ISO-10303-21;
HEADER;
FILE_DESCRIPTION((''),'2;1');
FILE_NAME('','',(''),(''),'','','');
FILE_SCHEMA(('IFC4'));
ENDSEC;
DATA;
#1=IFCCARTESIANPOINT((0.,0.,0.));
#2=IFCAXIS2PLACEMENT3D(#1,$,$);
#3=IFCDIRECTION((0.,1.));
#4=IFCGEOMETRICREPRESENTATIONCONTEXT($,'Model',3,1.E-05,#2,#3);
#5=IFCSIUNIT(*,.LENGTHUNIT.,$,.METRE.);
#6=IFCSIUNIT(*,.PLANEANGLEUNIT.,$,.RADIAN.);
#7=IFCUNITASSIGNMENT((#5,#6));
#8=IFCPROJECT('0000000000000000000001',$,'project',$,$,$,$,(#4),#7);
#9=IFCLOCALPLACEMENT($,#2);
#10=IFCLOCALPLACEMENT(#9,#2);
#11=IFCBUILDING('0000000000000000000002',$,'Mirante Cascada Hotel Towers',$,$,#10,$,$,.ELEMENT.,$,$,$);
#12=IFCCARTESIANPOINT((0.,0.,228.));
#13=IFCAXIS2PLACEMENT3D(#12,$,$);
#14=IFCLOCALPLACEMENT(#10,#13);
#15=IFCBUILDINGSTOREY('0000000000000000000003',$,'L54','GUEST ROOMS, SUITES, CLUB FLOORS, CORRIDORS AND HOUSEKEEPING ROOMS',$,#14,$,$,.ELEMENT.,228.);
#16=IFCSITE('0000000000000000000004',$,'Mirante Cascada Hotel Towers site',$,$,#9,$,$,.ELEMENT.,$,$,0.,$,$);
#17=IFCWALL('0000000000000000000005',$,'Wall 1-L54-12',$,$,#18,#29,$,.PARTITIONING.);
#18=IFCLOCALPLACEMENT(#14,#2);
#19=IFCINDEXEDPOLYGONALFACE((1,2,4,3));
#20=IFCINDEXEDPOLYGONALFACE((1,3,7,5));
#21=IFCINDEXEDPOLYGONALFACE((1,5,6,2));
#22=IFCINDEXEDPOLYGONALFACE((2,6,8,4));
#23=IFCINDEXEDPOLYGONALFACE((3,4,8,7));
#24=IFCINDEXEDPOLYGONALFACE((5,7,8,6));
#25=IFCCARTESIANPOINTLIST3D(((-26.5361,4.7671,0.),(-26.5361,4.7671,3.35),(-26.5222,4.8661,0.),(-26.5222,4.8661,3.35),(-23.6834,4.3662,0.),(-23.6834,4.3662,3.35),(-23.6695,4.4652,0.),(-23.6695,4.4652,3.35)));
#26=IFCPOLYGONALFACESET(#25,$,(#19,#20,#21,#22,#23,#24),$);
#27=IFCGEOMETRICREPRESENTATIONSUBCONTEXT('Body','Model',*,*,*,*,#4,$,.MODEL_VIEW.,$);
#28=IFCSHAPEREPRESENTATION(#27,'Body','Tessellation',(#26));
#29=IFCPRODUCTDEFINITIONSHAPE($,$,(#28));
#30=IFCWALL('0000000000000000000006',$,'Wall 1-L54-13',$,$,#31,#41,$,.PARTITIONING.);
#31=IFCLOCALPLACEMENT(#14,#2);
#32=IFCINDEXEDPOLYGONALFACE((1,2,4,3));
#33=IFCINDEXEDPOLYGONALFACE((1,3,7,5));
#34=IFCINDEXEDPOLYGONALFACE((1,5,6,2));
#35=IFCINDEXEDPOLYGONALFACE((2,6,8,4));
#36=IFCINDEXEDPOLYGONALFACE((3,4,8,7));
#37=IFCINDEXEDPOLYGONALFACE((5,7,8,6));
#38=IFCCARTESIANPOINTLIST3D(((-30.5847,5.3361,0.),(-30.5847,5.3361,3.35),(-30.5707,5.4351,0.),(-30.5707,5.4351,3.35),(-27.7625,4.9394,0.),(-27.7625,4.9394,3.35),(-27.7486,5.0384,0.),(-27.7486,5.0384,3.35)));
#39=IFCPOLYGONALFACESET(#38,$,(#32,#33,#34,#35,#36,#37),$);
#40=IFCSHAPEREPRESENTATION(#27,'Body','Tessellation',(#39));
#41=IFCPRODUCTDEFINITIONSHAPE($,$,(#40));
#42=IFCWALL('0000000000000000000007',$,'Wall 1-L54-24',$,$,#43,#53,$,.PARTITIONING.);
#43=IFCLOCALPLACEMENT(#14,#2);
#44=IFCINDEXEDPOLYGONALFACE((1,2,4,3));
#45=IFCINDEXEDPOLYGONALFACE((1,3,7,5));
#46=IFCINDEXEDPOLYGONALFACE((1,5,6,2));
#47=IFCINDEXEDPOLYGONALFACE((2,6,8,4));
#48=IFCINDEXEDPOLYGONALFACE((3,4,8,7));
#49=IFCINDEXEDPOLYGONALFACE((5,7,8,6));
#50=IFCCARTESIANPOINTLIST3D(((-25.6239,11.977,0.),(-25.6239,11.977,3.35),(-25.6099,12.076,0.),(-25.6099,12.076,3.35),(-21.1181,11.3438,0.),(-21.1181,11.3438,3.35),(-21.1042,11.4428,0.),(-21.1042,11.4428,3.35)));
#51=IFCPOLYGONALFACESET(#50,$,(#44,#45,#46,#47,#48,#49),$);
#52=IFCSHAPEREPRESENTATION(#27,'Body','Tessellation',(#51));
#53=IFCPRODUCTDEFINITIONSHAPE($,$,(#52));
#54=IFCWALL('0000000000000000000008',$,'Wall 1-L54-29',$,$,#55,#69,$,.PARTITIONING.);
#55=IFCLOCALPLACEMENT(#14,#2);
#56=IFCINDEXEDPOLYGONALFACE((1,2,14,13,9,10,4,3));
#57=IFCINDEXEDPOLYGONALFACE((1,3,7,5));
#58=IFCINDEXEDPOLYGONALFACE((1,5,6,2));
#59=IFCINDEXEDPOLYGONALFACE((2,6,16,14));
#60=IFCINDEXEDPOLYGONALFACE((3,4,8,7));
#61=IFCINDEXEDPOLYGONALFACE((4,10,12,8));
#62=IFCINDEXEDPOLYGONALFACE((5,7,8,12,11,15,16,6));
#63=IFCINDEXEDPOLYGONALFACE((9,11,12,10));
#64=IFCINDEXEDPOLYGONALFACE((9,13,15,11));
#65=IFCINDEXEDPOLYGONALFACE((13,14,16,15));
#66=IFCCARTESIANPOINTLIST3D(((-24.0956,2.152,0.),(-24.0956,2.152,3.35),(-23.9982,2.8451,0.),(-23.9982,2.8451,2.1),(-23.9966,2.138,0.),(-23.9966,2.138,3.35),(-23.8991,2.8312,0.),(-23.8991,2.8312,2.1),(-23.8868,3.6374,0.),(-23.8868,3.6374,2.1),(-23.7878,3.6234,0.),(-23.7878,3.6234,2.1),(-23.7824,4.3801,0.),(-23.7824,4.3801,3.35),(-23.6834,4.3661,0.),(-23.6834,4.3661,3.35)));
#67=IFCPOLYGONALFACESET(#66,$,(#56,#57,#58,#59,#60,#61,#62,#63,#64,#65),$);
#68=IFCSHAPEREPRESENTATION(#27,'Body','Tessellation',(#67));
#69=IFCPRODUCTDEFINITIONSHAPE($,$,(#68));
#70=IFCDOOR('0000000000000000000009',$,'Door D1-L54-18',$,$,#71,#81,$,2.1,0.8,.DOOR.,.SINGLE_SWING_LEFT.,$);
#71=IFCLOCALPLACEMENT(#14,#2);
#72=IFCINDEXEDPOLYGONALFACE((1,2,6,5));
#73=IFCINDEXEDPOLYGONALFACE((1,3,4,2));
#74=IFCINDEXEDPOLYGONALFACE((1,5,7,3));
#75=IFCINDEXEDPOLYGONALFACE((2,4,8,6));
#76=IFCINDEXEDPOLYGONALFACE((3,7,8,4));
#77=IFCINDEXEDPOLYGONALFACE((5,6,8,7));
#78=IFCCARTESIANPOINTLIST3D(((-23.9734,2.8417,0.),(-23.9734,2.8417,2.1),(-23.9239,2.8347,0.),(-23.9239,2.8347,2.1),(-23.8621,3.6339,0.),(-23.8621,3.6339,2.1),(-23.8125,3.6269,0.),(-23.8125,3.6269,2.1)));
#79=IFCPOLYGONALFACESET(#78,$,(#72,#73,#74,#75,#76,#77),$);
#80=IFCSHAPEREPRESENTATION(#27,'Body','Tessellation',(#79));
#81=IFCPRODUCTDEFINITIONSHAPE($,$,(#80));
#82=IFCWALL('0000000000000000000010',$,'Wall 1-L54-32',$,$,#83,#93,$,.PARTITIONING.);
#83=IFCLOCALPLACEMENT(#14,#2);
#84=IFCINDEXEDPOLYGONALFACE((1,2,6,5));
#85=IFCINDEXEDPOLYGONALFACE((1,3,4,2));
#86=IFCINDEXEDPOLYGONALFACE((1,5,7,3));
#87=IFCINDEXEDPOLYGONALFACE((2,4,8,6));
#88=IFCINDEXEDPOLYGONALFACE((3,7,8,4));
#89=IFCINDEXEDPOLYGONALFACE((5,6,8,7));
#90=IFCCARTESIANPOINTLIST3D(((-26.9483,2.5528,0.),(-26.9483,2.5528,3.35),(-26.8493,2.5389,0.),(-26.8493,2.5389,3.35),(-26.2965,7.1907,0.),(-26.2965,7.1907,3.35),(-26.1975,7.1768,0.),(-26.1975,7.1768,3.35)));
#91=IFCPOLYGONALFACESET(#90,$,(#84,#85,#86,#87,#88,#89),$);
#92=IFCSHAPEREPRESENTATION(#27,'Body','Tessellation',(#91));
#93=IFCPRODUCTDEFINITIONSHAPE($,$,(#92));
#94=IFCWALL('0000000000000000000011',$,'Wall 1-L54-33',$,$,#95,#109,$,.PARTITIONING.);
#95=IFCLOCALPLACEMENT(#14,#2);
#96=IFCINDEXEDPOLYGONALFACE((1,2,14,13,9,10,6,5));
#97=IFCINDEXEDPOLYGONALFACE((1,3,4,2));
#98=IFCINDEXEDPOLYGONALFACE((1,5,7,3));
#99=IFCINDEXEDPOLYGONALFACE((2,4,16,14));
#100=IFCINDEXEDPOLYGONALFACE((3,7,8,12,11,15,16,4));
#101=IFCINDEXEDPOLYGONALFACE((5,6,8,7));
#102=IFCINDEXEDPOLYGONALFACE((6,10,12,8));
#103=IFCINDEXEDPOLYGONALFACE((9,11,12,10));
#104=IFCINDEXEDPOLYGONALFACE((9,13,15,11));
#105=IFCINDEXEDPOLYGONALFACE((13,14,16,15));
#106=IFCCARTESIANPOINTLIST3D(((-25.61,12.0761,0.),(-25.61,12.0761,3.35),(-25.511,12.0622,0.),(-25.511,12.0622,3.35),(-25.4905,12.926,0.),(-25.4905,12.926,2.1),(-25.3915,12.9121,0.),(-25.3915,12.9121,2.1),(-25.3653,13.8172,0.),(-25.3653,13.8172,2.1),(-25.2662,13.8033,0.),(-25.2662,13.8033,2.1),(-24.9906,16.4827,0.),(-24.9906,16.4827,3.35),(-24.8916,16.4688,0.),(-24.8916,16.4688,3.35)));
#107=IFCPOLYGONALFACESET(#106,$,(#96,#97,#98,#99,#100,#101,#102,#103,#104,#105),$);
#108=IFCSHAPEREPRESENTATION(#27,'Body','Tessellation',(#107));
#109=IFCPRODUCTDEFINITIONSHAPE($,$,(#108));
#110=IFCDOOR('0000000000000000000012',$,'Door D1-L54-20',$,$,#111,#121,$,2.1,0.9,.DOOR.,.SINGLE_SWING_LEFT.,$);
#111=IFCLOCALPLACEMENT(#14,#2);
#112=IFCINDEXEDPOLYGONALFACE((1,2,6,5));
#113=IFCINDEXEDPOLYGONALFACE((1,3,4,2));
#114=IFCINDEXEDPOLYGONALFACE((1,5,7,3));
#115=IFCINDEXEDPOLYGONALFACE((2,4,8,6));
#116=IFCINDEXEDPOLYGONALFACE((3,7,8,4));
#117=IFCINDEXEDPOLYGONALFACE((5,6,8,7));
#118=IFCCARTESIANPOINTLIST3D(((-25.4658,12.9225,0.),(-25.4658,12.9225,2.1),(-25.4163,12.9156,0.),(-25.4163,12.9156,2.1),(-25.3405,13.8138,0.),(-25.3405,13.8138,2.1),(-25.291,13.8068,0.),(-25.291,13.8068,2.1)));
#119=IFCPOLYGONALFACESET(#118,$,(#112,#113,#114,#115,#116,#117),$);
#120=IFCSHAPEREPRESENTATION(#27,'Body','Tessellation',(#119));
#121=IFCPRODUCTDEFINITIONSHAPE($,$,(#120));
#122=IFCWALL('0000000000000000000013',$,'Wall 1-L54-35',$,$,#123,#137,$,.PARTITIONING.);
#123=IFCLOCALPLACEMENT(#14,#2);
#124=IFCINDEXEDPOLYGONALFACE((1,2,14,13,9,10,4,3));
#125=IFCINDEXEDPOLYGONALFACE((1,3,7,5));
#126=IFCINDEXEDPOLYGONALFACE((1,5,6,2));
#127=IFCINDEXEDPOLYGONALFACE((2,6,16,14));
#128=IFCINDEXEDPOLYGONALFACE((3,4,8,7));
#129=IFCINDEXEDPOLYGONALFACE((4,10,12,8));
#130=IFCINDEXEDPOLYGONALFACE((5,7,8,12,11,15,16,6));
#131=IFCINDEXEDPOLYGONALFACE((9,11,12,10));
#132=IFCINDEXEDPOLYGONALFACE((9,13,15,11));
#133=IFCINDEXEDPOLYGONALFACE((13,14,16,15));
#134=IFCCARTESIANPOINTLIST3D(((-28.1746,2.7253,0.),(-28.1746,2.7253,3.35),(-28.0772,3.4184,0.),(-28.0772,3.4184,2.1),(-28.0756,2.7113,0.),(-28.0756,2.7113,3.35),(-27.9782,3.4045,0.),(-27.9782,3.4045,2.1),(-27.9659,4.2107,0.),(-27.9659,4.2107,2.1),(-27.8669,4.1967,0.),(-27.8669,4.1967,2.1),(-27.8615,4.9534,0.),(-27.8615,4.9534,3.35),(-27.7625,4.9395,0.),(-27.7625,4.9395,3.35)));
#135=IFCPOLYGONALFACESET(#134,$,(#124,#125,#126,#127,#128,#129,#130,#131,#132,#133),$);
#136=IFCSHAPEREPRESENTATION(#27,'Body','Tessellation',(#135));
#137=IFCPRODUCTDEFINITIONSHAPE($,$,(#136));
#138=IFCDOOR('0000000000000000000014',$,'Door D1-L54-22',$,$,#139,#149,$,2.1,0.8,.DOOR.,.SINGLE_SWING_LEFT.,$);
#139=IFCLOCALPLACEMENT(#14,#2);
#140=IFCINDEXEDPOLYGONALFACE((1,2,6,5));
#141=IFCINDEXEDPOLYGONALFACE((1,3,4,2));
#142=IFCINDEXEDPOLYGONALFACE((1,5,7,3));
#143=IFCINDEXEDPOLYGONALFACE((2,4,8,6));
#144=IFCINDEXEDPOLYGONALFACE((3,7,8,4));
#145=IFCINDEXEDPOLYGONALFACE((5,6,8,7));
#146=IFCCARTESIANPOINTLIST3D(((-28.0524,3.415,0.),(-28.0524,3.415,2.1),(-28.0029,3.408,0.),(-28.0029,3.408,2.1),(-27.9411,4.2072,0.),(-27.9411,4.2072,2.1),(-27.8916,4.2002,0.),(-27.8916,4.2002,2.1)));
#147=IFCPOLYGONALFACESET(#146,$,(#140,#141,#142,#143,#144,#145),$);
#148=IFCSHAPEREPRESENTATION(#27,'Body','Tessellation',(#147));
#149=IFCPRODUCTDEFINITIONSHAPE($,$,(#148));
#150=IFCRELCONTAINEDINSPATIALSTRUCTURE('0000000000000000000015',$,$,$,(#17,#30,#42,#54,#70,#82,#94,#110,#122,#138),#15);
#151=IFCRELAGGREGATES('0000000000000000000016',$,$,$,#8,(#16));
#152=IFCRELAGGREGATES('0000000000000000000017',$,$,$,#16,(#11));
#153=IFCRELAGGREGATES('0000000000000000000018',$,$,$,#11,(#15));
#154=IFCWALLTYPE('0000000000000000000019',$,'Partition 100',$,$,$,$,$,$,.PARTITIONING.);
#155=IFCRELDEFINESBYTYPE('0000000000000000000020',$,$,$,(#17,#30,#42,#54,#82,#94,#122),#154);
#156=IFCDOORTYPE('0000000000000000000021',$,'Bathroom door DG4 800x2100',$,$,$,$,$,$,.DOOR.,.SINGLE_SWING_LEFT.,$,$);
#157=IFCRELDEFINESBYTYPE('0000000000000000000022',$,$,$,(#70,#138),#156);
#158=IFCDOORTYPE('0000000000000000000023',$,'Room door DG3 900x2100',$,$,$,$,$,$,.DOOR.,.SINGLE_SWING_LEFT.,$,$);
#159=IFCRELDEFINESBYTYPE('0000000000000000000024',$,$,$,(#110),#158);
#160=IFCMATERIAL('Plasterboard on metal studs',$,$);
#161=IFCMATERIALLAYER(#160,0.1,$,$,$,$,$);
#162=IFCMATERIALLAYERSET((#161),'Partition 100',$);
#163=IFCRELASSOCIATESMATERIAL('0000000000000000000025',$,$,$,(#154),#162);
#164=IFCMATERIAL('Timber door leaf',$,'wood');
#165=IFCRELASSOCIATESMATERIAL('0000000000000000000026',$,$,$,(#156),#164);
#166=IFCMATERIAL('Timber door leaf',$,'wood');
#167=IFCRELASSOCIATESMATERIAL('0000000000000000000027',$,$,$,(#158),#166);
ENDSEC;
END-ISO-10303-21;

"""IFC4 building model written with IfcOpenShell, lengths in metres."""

from ifc_helpers import new_model, si_unit, direction, frame, frame_2d, origin, place, context, subcontext, project, spatial, rectangle, extrude, material, layer, layer_set, type_object, element, fill, save


model = new_model("IFC4")

# Units and contexts
model_context = context("Model", 3, precision=1e-05, world=origin(), true_north=direction((0.0, 1.0)))
body_context = subcontext(model_context, "Body", "Model", "MODEL_VIEW")
ifc_project = project(units=[si_unit("LENGTHUNIT", "METRE"), si_unit("PLANEANGLEUNIT", "RADIAN")], contexts=[model_context])

# Site, building, storey
site_placement = place(None, origin())
site = spatial("IfcSite", under=ifc_project, at=site_placement, Name="Mirante Cascada Hotel Towers site", CompositionType="ELEMENT", RefElevation=0.0)
building_placement = place(site_placement, origin())
building = spatial("IfcBuilding", under=site, at=building_placement, Name="Mirante Cascada Hotel Towers", CompositionType="ELEMENT")
storey_placement = place(building_placement, frame((0.0, 0.0, 228.0)))
storey = spatial("IfcBuildingStorey", under=building, at=storey_placement, Name="L54", Description="GUEST ROOMS, SUITES, CLUB FLOORS, CORRIDORS AND HOUSEKEEPING ROOMS", CompositionType="ELEMENT", Elevation=228.0)

# Walls
ifc_material_1 = material(Name="Plasterboard on metal studs")
ifc_layer_1 = layer(ifc_material_1, 0.1)
ifc_layer_set_1 = layer_set([ifc_layer_1], Name="Partition 100")
wall_type_1 = type_object("IfcWallType", Name="Partition 100", PredefinedType="PARTITIONING", material=ifc_layer_set_1)
wall_1_placement = place(storey_placement, frame((-26.5292, 4.8166, 0.0), z_axis=(0.0, 0.0, 1.0), x_axis=(0.990269, -0.139166, 0.0)))
element("IfcWall", 1, at=wall_1_placement, inside=storey, type_object=wall_type_1, Name="Wall 1-L54-12", PredefinedType="PARTITIONING", context=body_context, shape_type="SweptSolid", body=[
    extrude(rectangle(XDim=2.8807, YDim=0.1, at=frame_2d((1.4404, 0.0))), origin(), (0.0, 0.0, 1.0), 3.35),
])
wall_2_placement = place(storey_placement, frame((-27.7555, 4.9889, 0.0), z_axis=(0.0, 0.0, 1.0), x_axis=(-0.990265, 0.139196, 0.0)))
element("IfcWall", 2, at=wall_2_placement, inside=storey, type_object=wall_type_1, Name="Wall 1-L54-13", PredefinedType="PARTITIONING", context=body_context, shape_type="SweptSolid", body=[
    extrude(rectangle(XDim=2.8499, YDim=0.1, at=frame_2d((1.425, 0.0))), origin(), (0.0, 0.0, 1.0), 3.35),
])
wall_3_placement = place(storey_placement, frame((-25.6169, 12.0265, 0.0), z_axis=(0.0, 0.0, 1.0), x_axis=(0.990269, -0.139166, 0.0)))
element("IfcWall", 3, at=wall_3_placement, inside=storey, type_object=wall_type_1, Name="Wall 1-L54-24", PredefinedType="PARTITIONING", context=body_context, shape_type="SweptSolid", body=[
    extrude(rectangle(XDim=4.55, YDim=0.1, at=frame_2d((2.275, 0.0))), origin(), (0.0, 0.0, 1.0), 3.35),
])

# Wall, opening, door
wall_4_placement = place(storey_placement, frame((-24.0461, 2.145, 0.0), z_axis=(0.0, 0.0, 1.0), x_axis=(0.1392, 0.990264, 0.0)))
wall_4 = element("IfcWall", 4, at=wall_4_placement, inside=storey, type_object=wall_type_1, Name="Wall 1-L54-29", PredefinedType="PARTITIONING", context=body_context, shape_type="SweptSolid", body=[
    extrude(rectangle(XDim=2.25, YDim=0.1, at=frame_2d((1.125, 0.0))), origin(), (0.0, 0.0, 1.0), 3.35),
])
opening_1_placement = place(wall_4_placement, frame((0.7, 0.0, 0.0)))
opening_1 = element("IfcOpeningElement", 5, at=opening_1_placement, cuts=wall_4, PredefinedType="OPENING", context=body_context, shape_type="SweptSolid", body=[
    extrude(rectangle(XDim=0.8, YDim=2.1, at=frame_2d((0.4, 1.05))), frame((0.0, 0.05, 0.0), z_axis=(0.0, -1.0, 0.0), x_axis=(1.0, 0.0, 0.0)), (0.0, 0.0, 1.0), 0.1),
])
ifc_material_2 = material(Name="Timber door leaf", Category="wood")
door_type_1 = type_object("IfcDoorType", Name="Bathroom door DG4 800x2100", OperationType="SINGLE_SWING_LEFT", PredefinedType="DOOR", material=ifc_material_2)
door_1_placement = place(opening_1_placement, origin())
door_1 = element("IfcDoor", 6, at=door_1_placement, inside=storey, type_object=door_type_1, Name="Door D1-L54-18", OperationType="SINGLE_SWING_LEFT", OverallHeight=2.1, OverallWidth=0.8, PredefinedType="DOOR", context=body_context, shape_type="SweptSolid", body=[
    extrude(rectangle(XDim=0.8, YDim=2.1, at=frame_2d((0.4, 1.05))), frame((0.0, 0.025, 0.0), z_axis=(0.0, -1.0, 0.0), x_axis=(1.0, 0.0, 0.0)), (0.0, 0.0, 1.0), 0.05),
])
fill(opening_1, door_1)

# Wall
wall_5_placement = place(storey_placement, frame((-26.247, 7.1838, 0.0), z_axis=(0.0, 0.0, 1.0), x_axis=(-0.13917, -0.990268, 0.0)))
element("IfcWall", 7, at=wall_5_placement, inside=storey, type_object=wall_type_1, Name="Wall 1-L54-32", PredefinedType="PARTITIONING", context=body_context, shape_type="SweptSolid", body=[
    extrude(rectangle(XDim=4.6835, YDim=0.1, at=frame_2d((2.3418, 0.0))), origin(), (0.0, 0.0, 1.0), 3.35),
])

# Walls, openings, doors
wall_6_placement = place(storey_placement, frame((-25.5605, 12.0691, 0.0), z_axis=(0.0, 0.0, 1.0), x_axis=(0.139193, 0.990265, 0.0)))
wall_6 = element("IfcWall", 8, at=wall_6_placement, inside=storey, type_object=wall_type_1, Name="Wall 1-L54-33", PredefinedType="PARTITIONING", context=body_context, shape_type="SweptSolid", body=[
    extrude(rectangle(XDim=4.4499, YDim=0.1, at=frame_2d((2.225, 0.0))), origin(), (0.0, 0.0, 1.0), 3.35),
])
opening_2_placement = place(wall_6_placement, frame((0.8583, 0.0, 0.0)))
opening_2 = element("IfcOpeningElement", 9, at=opening_2_placement, cuts=wall_6, PredefinedType="OPENING", context=body_context, shape_type="SweptSolid", body=[
    extrude(rectangle(XDim=0.9, YDim=2.1, at=frame_2d((0.45, 1.05))), frame((0.0, 0.05, 0.0), z_axis=(0.0, -1.0, 0.0), x_axis=(1.0, 0.0, 0.0)), (0.0, 0.0, 1.0), 0.1),
])
ifc_material_3 = material(Name="Timber door leaf", Category="wood")
door_type_2 = type_object("IfcDoorType", Name="Room door DG3 900x2100", OperationType="SINGLE_SWING_LEFT", PredefinedType="DOOR", material=ifc_material_3)
door_2_placement = place(opening_2_placement, origin())
door_2 = element("IfcDoor", 10, at=door_2_placement, inside=storey, type_object=door_type_2, Name="Door D1-L54-20", OperationType="SINGLE_SWING_LEFT", OverallHeight=2.1, OverallWidth=0.9, PredefinedType="DOOR", context=body_context, shape_type="SweptSolid", body=[
    extrude(rectangle(XDim=0.9, YDim=2.1, at=frame_2d((0.45, 1.05))), frame((0.0, 0.025, 0.0), z_axis=(0.0, -1.0, 0.0), x_axis=(1.0, 0.0, 0.0)), (0.0, 0.0, 1.0), 0.05),
])
fill(opening_2, door_2)
wall_7_placement = place(storey_placement, frame((-28.1251, 2.7183, 0.0), z_axis=(0.0, 0.0, 1.0), x_axis=(0.139156, 0.990271, 0.0)))
wall_7 = element("IfcWall", 11, at=wall_7_placement, inside=storey, type_object=wall_type_1, Name="Wall 1-L54-35", PredefinedType="PARTITIONING", context=body_context, shape_type="SweptSolid", body=[
    extrude(rectangle(XDim=2.25, YDim=0.1, at=frame_2d((1.125, 0.0))), origin(), (0.0, 0.0, 1.0), 3.35),
])
opening_3_placement = place(wall_7_placement, frame((0.7, 0.0, 0.0)))
opening_3 = element("IfcOpeningElement", 12, at=opening_3_placement, cuts=wall_7, PredefinedType="OPENING", context=body_context, shape_type="SweptSolid", body=[
    extrude(rectangle(XDim=0.8, YDim=2.1, at=frame_2d((0.4, 1.05))), frame((0.0, 0.05, 0.0), z_axis=(0.0, -1.0, 0.0), x_axis=(1.0, 0.0, 0.0)), (0.0, 0.0, 1.0), 0.1),
])
door_3_placement = place(opening_3_placement, origin())
door_3 = element("IfcDoor", 13, at=door_3_placement, inside=storey, type_object=door_type_1, Name="Door D1-L54-22", OperationType="SINGLE_SWING_LEFT", OverallHeight=2.1, OverallWidth=0.8, PredefinedType="DOOR", context=body_context, shape_type="SweptSolid", body=[
    extrude(rectangle(XDim=0.8, YDim=2.1, at=frame_2d((0.4, 1.05))), frame((0.0, 0.025, 0.0), z_axis=(0.0, -1.0, 0.0), x_axis=(1.0, 0.0, 0.0)), (0.0, 0.0, 1.0), 0.05),
])
fill(opening_3, door_3)

save(model, "model.ifc")
